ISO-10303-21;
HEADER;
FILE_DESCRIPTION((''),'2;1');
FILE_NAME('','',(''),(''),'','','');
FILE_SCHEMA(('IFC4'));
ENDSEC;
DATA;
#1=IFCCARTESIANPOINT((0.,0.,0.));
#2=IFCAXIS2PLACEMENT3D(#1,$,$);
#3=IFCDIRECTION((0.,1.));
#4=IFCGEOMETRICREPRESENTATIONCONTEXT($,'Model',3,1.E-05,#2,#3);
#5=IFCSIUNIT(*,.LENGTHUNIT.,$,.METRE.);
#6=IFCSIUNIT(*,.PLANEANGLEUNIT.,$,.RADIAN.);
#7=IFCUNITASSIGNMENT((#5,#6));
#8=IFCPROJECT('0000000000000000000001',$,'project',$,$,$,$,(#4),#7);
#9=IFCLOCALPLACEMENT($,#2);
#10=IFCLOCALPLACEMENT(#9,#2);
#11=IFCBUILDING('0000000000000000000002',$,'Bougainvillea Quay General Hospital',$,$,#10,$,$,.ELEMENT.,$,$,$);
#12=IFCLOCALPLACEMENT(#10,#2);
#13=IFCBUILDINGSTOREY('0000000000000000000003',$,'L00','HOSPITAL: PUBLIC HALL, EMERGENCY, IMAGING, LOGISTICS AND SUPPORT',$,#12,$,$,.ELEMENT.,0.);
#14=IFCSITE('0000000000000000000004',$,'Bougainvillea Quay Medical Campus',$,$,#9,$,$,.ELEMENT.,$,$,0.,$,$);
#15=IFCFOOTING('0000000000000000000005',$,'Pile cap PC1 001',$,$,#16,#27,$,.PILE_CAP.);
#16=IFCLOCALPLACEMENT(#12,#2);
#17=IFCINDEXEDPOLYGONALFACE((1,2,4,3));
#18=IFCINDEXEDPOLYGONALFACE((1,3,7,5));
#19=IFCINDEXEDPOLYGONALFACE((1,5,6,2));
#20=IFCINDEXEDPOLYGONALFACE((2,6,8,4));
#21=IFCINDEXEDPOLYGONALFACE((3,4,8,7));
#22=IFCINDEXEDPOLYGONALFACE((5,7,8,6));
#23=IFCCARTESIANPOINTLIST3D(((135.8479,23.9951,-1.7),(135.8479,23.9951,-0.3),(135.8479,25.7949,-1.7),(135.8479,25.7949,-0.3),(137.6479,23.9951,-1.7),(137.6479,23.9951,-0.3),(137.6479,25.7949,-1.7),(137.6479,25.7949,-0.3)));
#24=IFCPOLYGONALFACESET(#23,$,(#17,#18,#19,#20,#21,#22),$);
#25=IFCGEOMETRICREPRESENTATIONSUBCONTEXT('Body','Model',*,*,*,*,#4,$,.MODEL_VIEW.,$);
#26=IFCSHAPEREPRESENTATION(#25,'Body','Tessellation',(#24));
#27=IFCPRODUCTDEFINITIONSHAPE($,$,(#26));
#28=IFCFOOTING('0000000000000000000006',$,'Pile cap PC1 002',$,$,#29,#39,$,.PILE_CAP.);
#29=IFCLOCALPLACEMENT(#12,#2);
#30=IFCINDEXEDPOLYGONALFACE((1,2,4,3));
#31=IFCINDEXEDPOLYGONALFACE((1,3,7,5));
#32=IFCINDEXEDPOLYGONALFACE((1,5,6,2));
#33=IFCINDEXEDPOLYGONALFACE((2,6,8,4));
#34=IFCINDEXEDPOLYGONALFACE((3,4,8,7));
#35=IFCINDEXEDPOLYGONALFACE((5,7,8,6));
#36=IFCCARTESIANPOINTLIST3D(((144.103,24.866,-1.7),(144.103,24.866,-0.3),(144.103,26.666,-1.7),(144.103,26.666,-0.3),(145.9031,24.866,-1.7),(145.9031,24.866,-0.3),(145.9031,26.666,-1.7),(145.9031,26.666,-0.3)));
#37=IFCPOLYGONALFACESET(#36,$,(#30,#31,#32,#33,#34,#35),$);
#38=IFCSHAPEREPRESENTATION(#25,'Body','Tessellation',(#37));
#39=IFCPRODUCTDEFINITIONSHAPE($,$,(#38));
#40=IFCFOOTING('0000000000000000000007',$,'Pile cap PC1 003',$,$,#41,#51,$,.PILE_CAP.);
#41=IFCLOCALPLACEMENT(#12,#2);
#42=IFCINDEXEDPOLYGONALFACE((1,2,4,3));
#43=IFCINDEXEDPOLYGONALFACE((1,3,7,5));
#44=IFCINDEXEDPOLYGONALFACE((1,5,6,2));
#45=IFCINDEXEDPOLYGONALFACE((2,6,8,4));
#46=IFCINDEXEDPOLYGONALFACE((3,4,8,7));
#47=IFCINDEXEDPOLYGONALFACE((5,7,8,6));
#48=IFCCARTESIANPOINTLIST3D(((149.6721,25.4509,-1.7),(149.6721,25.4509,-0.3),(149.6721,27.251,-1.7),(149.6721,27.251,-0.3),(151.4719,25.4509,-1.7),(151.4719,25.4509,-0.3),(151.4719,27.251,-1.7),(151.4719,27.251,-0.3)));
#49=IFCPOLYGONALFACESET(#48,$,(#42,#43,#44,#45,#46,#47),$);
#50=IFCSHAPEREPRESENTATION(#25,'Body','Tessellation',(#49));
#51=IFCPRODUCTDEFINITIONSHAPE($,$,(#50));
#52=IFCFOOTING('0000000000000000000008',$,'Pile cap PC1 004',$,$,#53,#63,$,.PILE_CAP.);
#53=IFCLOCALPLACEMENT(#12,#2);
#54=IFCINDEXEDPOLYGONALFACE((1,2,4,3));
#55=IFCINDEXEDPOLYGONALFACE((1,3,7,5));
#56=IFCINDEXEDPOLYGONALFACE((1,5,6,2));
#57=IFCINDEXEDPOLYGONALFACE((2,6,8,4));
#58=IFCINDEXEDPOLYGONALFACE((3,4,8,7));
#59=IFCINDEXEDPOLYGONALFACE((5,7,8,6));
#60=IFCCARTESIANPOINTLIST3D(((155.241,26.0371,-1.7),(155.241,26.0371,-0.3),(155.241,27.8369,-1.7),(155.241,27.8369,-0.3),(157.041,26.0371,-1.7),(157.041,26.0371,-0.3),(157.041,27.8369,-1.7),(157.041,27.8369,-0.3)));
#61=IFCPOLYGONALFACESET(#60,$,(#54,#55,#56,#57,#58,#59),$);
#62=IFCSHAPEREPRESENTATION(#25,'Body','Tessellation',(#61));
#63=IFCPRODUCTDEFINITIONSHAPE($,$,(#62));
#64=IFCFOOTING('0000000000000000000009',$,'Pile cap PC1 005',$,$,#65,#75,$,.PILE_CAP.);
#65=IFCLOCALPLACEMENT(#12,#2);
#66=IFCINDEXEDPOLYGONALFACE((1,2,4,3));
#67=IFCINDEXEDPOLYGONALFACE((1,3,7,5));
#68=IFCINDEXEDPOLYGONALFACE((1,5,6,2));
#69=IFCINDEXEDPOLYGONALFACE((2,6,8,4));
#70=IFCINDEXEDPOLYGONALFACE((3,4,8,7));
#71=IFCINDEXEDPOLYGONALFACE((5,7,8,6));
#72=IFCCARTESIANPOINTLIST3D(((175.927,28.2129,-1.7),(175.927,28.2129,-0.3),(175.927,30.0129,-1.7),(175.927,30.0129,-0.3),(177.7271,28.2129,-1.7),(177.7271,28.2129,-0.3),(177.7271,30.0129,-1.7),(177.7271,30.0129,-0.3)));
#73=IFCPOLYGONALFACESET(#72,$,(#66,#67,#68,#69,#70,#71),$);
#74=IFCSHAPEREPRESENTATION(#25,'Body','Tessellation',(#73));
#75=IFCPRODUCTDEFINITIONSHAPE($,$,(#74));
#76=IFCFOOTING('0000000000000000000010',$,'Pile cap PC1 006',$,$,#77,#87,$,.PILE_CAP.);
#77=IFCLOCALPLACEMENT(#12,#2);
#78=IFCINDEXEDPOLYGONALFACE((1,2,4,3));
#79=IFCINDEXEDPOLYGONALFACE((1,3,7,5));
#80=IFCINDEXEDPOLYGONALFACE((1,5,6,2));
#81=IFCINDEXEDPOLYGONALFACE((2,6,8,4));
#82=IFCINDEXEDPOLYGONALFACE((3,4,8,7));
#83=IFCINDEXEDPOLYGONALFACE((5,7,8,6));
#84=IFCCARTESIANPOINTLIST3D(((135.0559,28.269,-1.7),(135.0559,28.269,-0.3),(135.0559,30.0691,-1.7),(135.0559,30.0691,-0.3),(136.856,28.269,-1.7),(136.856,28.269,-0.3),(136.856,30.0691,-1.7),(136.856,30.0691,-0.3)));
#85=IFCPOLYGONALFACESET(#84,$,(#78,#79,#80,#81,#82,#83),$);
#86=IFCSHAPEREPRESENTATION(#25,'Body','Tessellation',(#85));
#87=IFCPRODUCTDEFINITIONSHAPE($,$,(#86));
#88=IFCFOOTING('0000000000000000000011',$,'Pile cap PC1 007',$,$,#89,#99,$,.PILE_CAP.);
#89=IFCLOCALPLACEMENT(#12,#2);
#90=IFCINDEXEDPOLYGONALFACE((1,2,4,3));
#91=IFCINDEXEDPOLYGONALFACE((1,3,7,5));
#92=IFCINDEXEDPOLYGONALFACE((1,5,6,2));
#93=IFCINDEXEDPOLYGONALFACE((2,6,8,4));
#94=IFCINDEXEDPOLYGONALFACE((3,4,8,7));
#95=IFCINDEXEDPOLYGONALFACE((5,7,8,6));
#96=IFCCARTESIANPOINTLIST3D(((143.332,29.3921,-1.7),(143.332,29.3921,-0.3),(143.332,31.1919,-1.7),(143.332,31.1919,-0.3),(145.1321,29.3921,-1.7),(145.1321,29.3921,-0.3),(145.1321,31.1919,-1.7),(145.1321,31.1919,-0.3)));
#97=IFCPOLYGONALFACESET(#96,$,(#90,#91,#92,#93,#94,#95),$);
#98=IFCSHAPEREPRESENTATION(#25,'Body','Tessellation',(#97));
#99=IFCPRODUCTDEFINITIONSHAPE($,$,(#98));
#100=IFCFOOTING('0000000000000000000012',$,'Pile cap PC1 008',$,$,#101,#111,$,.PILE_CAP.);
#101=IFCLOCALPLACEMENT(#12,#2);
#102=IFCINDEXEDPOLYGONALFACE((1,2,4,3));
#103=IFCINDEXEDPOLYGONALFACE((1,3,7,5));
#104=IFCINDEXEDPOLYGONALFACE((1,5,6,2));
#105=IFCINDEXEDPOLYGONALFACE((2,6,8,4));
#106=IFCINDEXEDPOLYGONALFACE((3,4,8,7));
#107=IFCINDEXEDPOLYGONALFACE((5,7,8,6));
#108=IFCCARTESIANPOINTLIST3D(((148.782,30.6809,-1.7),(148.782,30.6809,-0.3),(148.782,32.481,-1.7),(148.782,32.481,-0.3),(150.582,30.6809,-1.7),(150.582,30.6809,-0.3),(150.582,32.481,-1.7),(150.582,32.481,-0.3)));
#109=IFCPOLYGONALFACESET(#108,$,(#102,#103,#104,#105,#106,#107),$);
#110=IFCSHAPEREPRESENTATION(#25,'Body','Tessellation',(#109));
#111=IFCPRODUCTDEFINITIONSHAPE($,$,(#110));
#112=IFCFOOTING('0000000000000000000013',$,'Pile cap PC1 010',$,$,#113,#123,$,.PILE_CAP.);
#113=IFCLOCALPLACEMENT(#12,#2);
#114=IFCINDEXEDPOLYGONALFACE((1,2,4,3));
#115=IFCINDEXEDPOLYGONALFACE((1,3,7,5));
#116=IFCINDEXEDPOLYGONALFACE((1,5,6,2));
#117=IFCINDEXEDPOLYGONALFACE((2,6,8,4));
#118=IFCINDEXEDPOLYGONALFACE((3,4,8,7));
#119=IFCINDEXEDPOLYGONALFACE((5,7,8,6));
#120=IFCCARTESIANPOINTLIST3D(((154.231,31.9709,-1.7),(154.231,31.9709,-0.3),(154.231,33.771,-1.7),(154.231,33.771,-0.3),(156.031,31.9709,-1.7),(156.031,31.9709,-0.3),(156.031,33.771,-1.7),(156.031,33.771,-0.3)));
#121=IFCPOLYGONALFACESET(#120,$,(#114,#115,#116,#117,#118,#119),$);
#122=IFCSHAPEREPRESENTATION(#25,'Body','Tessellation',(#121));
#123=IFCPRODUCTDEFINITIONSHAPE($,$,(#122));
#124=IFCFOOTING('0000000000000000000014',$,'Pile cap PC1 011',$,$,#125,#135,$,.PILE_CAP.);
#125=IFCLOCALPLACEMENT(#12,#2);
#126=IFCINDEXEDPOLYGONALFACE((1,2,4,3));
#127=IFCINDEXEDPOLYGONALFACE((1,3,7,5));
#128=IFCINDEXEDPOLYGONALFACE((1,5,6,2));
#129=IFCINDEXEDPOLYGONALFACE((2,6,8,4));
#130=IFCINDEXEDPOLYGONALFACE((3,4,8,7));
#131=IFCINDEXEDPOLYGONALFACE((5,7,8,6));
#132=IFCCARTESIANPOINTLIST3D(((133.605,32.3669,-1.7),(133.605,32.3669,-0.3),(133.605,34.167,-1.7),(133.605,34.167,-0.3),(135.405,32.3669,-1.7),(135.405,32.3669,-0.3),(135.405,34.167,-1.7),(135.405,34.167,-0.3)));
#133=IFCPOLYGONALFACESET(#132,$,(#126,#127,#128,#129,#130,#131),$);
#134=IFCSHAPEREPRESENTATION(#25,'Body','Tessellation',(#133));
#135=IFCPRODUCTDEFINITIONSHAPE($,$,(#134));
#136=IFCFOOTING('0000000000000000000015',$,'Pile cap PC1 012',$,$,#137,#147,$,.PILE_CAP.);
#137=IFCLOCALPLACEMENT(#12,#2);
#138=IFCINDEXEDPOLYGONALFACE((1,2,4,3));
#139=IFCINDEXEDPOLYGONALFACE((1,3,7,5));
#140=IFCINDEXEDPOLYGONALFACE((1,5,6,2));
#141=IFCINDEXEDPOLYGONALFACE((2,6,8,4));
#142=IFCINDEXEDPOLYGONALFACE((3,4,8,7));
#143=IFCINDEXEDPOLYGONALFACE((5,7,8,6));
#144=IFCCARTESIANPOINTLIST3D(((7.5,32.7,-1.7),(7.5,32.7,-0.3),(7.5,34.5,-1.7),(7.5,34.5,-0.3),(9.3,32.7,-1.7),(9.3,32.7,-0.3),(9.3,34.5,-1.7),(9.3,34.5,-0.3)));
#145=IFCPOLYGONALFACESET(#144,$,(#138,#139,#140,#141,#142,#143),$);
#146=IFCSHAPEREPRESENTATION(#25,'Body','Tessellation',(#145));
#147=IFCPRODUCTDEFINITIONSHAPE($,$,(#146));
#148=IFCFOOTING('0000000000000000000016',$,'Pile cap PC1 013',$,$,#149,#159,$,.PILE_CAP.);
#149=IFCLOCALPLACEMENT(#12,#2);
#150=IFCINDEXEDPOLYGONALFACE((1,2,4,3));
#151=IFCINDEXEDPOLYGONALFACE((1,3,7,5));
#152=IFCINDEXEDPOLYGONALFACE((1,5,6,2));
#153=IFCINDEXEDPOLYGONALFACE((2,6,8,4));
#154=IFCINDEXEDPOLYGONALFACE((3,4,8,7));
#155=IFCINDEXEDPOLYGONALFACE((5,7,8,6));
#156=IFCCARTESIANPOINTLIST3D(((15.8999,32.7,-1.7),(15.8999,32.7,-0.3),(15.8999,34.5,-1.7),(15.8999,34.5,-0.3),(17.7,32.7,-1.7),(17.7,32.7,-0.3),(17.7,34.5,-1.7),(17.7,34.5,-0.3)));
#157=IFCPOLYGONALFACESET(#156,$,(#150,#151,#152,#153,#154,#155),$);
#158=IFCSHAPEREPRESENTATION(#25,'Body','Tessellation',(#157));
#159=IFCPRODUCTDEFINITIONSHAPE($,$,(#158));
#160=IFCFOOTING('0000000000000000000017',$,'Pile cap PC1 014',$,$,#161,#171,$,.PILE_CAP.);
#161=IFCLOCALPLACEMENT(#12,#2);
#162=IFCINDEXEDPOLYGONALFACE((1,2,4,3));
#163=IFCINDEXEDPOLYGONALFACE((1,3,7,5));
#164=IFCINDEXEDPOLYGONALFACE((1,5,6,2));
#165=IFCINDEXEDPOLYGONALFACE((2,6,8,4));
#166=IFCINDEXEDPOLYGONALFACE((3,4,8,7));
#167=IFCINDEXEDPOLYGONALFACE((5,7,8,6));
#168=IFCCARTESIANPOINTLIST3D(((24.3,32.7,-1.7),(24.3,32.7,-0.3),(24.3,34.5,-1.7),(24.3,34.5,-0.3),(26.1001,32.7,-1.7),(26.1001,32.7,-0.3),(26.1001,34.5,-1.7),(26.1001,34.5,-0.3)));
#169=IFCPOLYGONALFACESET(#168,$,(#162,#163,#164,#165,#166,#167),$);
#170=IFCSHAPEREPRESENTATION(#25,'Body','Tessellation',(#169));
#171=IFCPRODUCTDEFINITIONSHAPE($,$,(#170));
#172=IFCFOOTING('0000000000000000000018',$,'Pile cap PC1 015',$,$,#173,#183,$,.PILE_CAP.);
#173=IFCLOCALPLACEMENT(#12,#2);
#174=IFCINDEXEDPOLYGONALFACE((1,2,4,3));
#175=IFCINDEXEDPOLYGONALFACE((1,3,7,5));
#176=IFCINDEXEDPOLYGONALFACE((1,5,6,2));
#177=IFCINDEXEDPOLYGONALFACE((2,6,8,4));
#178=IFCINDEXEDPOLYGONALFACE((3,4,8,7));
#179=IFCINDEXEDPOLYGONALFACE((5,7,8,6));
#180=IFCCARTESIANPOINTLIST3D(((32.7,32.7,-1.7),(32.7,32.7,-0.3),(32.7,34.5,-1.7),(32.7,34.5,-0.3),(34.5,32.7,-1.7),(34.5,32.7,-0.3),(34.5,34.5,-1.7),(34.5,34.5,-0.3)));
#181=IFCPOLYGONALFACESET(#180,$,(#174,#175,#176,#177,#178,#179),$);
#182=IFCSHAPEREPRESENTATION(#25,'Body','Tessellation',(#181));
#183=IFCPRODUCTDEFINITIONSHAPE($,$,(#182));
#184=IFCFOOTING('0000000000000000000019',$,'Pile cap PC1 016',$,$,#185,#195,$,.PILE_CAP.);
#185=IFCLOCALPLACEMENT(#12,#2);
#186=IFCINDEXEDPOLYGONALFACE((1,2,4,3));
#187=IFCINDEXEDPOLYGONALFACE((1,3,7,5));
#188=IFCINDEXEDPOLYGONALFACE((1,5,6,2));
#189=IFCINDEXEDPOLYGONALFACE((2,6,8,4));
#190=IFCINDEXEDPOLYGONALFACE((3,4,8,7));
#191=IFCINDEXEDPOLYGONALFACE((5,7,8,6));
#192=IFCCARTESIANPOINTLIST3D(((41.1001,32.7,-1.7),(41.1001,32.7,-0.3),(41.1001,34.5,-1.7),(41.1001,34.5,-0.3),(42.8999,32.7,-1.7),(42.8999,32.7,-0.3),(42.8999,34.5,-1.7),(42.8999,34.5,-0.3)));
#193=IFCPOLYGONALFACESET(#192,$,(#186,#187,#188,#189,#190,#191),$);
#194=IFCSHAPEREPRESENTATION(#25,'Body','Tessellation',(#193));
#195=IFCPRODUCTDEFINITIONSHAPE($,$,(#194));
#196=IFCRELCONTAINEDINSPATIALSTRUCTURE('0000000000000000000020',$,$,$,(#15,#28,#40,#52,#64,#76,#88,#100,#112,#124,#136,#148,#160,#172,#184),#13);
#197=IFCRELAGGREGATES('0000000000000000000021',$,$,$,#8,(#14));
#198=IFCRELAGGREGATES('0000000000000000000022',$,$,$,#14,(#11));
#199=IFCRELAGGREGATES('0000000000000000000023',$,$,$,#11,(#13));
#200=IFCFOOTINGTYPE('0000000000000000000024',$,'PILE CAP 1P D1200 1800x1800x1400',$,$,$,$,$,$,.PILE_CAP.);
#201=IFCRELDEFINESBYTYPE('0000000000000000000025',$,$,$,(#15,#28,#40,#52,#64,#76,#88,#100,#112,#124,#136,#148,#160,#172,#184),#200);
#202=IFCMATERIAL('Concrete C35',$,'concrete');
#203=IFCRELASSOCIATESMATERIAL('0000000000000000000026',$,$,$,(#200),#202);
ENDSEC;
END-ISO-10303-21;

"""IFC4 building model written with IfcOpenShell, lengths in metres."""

from ifc_helpers import new_model, si_unit, direction, frame, origin, place, context, subcontext, project, spatial, polyline, outline, extrude, material, type_object, element, save


model = new_model("IFC4")

# Units and contexts
model_context = context("Model", 3, precision=1e-05, world=origin(), true_north=direction((0.0, 1.0)))
body_context = subcontext(model_context, "Body", "Model", "MODEL_VIEW")
ifc_project = project(units=[si_unit("LENGTHUNIT", "METRE"), si_unit("PLANEANGLEUNIT", "RADIAN")], contexts=[model_context])

# Site, building, storey
site_placement = place(None, origin())
site = spatial("IfcSite", under=ifc_project, at=site_placement, Name="Bougainvillea Quay Medical Campus", CompositionType="ELEMENT", RefElevation=0.0)
building_placement = place(site_placement, origin())
building = spatial("IfcBuilding", under=site, at=building_placement, Name="Bougainvillea Quay General Hospital", CompositionType="ELEMENT")
storey_placement = place(building_placement, origin())
storey = spatial("IfcBuildingStorey", under=building, at=storey_placement, Name="L00", Description="HOSPITAL: PUBLIC HALL, EMERGENCY, IMAGING, LOGISTICS AND SUPPORT", CompositionType="ELEMENT", Elevation=0.0)

# Footings
ifc_material = material(Name="Concrete C35", Category="concrete")
footing_type_1 = type_object("IfcFootingType", Name="PILE CAP 1P D1200 1800x1800x1400", PredefinedType="PILE_CAP", material=ifc_material)
footing_1_placement = place(storey_placement, frame((0.0, 0.0, -1.7)))
element("IfcFooting", 1, at=footing_1_placement, inside=storey, type_object=footing_type_1, Name="Pile cap PC1 001", PredefinedType="PILE_CAP", context=body_context, shape_type="SweptSolid", body=[
    extrude(outline(polyline([(135.8479, 23.9951), (137.6479, 23.9951), (137.6479, 25.7949), (135.8479, 25.7949), (135.8479, 23.9951)])), origin(), (0.0, 0.0, 1.0), 1.3999),
])
footing_2_placement = place(storey_placement, frame((0.0, 0.0, -1.7)))
element("IfcFooting", 2, at=footing_2_placement, inside=storey, type_object=footing_type_1, Name="Pile cap PC1 002", PredefinedType="PILE_CAP", context=body_context, shape_type="SweptSolid", body=[
    extrude(outline(polyline([(144.103, 24.866), (145.9031, 24.866), (145.9031, 26.666), (144.103, 26.666), (144.103, 24.866)])), origin(), (0.0, 0.0, 1.0), 1.3999),
])
footing_3_placement = place(storey_placement, frame((0.0, 0.0, -1.7)))
element("IfcFooting", 3, at=footing_3_placement, inside=storey, type_object=footing_type_1, Name="Pile cap PC1 003", PredefinedType="PILE_CAP", context=body_context, shape_type="SweptSolid", body=[
    extrude(outline(polyline([(149.6721, 25.4509), (151.4719, 25.4509), (151.4719, 27.251), (149.6721, 27.251), (149.6721, 25.4509)])), origin(), (0.0, 0.0, 1.0), 1.3999),
])
footing_4_placement = place(storey_placement, frame((0.0, 0.0, -1.7)))
element("IfcFooting", 4, at=footing_4_placement, inside=storey, type_object=footing_type_1, Name="Pile cap PC1 004", PredefinedType="PILE_CAP", context=body_context, shape_type="SweptSolid", body=[
    extrude(outline(polyline([(155.241, 26.0371), (157.041, 26.0371), (157.041, 27.8369), (155.241, 27.8369), (155.241, 26.0371)])), origin(), (0.0, 0.0, 1.0), 1.3999),
])
footing_5_placement = place(storey_placement, frame((0.0, 0.0, -1.7)))
element("IfcFooting", 5, at=footing_5_placement, inside=storey, type_object=footing_type_1, Name="Pile cap PC1 005", PredefinedType="PILE_CAP", context=body_context, shape_type="SweptSolid", body=[
    extrude(outline(polyline([(175.927, 28.2129), (177.7271, 28.2129), (177.7271, 30.0129), (175.927, 30.0129), (175.927, 28.2129)])), origin(), (0.0, 0.0, 1.0), 1.3999),
])
footing_6_placement = place(storey_placement, frame((0.0, 0.0, -1.7)))
element("IfcFooting", 6, at=footing_6_placement, inside=storey, type_object=footing_type_1, Name="Pile cap PC1 006", PredefinedType="PILE_CAP", context=body_context, shape_type="SweptSolid", body=[
    extrude(outline(polyline([(135.0559, 28.269), (136.856, 28.269), (136.856, 30.0691), (135.0559, 30.0691), (135.0559, 28.269)])), origin(), (0.0, 0.0, 1.0), 1.3999),
])
footing_7_placement = place(storey_placement, frame((0.0, 0.0, -1.7)))
element("IfcFooting", 7, at=footing_7_placement, inside=storey, type_object=footing_type_1, Name="Pile cap PC1 007", PredefinedType="PILE_CAP", context=body_context, shape_type="SweptSolid", body=[
    extrude(outline(polyline([(143.332, 29.3921), (145.1321, 29.3921), (145.1321, 31.1919), (143.332, 31.1919), (143.332, 29.3921)])), origin(), (0.0, 0.0, 1.0), 1.3999),
])
footing_8_placement = place(storey_placement, frame((0.0, 0.0, -1.7)))
element("IfcFooting", 8, at=footing_8_placement, inside=storey, type_object=footing_type_1, Name="Pile cap PC1 008", PredefinedType="PILE_CAP", context=body_context, shape_type="SweptSolid", body=[
    extrude(outline(polyline([(148.782, 30.6809), (150.582, 30.6809), (150.582, 32.481), (148.782, 32.481), (148.782, 30.6809)])), origin(), (0.0, 0.0, 1.0), 1.3999),
])
footing_9_placement = place(storey_placement, frame((0.0, 0.0, -1.7)))
element("IfcFooting", 9, at=footing_9_placement, inside=storey, type_object=footing_type_1, Name="Pile cap PC1 010", PredefinedType="PILE_CAP", context=body_context, shape_type="SweptSolid", body=[
    extrude(outline(polyline([(154.231, 31.9709), (156.031, 31.9709), (156.031, 33.771), (154.231, 33.771), (154.231, 31.9709)])), origin(), (0.0, 0.0, 1.0), 1.3999),
])
footing_10_placement = place(storey_placement, frame((0.0, 0.0, -1.7)))
element("IfcFooting", 10, at=footing_10_placement, inside=storey, type_object=footing_type_1, Name="Pile cap PC1 011", PredefinedType="PILE_CAP", context=body_context, shape_type="SweptSolid", body=[
    extrude(outline(polyline([(133.605, 32.3669), (135.405, 32.3669), (135.405, 34.167), (133.605, 34.167), (133.605, 32.3669)])), origin(), (0.0, 0.0, 1.0), 1.3999),
])
footing_11_placement = place(storey_placement, frame((0.0, 0.0, -1.7)))
element("IfcFooting", 11, at=footing_11_placement, inside=storey, type_object=footing_type_1, Name="Pile cap PC1 012", PredefinedType="PILE_CAP", context=body_context, shape_type="SweptSolid", body=[
    extrude(outline(polyline([(7.5, 32.7), (9.3, 32.7), (9.3, 34.5), (7.5, 34.5), (7.5, 32.7)])), origin(), (0.0, 0.0, 1.0), 1.3999),
])
footing_12_placement = place(storey_placement, frame((0.0, 0.0, -1.7)))
element("IfcFooting", 12, at=footing_12_placement, inside=storey, type_object=footing_type_1, Name="Pile cap PC1 013", PredefinedType="PILE_CAP", context=body_context, shape_type="SweptSolid", body=[
    extrude(outline(polyline([(15.8999, 32.7), (17.7, 32.7), (17.7, 34.5), (15.8999, 34.5), (15.8999, 32.7)])), origin(), (0.0, 0.0, 1.0), 1.3999),
])
footing_13_placement = place(storey_placement, frame((0.0, 0.0, -1.7)))
element("IfcFooting", 13, at=footing_13_placement, inside=storey, type_object=footing_type_1, Name="Pile cap PC1 014", PredefinedType="PILE_CAP", context=body_context, shape_type="SweptSolid", body=[
    extrude(outline(polyline([(24.3, 32.7), (26.1001, 32.7), (26.1001, 34.5), (24.3, 34.5), (24.3, 32.7)])), origin(), (0.0, 0.0, 1.0), 1.3999),
])
footing_14_placement = place(storey_placement, frame((0.0, 0.0, -1.7)))
element("IfcFooting", 14, at=footing_14_placement, inside=storey, type_object=footing_type_1, Name="Pile cap PC1 015", PredefinedType="PILE_CAP", context=body_context, shape_type="SweptSolid", body=[
    extrude(outline(polyline([(32.7, 32.7), (34.5, 32.7), (34.5, 34.5), (32.7, 34.5), (32.7, 32.7)])), origin(), (0.0, 0.0, 1.0), 1.3999),
])
footing_15_placement = place(storey_placement, frame((0.0, 0.0, -1.7)))
element("IfcFooting", 15, at=footing_15_placement, inside=storey, type_object=footing_type_1, Name="Pile cap PC1 016", PredefinedType="PILE_CAP", context=body_context, shape_type="SweptSolid", body=[
    extrude(outline(polyline([(41.1001, 32.7), (42.8999, 32.7), (42.8999, 34.5), (41.1001, 34.5), (41.1001, 32.7)])), origin(), (0.0, 0.0, 1.0), 1.3999),
])

save(model, "model.ifc")
